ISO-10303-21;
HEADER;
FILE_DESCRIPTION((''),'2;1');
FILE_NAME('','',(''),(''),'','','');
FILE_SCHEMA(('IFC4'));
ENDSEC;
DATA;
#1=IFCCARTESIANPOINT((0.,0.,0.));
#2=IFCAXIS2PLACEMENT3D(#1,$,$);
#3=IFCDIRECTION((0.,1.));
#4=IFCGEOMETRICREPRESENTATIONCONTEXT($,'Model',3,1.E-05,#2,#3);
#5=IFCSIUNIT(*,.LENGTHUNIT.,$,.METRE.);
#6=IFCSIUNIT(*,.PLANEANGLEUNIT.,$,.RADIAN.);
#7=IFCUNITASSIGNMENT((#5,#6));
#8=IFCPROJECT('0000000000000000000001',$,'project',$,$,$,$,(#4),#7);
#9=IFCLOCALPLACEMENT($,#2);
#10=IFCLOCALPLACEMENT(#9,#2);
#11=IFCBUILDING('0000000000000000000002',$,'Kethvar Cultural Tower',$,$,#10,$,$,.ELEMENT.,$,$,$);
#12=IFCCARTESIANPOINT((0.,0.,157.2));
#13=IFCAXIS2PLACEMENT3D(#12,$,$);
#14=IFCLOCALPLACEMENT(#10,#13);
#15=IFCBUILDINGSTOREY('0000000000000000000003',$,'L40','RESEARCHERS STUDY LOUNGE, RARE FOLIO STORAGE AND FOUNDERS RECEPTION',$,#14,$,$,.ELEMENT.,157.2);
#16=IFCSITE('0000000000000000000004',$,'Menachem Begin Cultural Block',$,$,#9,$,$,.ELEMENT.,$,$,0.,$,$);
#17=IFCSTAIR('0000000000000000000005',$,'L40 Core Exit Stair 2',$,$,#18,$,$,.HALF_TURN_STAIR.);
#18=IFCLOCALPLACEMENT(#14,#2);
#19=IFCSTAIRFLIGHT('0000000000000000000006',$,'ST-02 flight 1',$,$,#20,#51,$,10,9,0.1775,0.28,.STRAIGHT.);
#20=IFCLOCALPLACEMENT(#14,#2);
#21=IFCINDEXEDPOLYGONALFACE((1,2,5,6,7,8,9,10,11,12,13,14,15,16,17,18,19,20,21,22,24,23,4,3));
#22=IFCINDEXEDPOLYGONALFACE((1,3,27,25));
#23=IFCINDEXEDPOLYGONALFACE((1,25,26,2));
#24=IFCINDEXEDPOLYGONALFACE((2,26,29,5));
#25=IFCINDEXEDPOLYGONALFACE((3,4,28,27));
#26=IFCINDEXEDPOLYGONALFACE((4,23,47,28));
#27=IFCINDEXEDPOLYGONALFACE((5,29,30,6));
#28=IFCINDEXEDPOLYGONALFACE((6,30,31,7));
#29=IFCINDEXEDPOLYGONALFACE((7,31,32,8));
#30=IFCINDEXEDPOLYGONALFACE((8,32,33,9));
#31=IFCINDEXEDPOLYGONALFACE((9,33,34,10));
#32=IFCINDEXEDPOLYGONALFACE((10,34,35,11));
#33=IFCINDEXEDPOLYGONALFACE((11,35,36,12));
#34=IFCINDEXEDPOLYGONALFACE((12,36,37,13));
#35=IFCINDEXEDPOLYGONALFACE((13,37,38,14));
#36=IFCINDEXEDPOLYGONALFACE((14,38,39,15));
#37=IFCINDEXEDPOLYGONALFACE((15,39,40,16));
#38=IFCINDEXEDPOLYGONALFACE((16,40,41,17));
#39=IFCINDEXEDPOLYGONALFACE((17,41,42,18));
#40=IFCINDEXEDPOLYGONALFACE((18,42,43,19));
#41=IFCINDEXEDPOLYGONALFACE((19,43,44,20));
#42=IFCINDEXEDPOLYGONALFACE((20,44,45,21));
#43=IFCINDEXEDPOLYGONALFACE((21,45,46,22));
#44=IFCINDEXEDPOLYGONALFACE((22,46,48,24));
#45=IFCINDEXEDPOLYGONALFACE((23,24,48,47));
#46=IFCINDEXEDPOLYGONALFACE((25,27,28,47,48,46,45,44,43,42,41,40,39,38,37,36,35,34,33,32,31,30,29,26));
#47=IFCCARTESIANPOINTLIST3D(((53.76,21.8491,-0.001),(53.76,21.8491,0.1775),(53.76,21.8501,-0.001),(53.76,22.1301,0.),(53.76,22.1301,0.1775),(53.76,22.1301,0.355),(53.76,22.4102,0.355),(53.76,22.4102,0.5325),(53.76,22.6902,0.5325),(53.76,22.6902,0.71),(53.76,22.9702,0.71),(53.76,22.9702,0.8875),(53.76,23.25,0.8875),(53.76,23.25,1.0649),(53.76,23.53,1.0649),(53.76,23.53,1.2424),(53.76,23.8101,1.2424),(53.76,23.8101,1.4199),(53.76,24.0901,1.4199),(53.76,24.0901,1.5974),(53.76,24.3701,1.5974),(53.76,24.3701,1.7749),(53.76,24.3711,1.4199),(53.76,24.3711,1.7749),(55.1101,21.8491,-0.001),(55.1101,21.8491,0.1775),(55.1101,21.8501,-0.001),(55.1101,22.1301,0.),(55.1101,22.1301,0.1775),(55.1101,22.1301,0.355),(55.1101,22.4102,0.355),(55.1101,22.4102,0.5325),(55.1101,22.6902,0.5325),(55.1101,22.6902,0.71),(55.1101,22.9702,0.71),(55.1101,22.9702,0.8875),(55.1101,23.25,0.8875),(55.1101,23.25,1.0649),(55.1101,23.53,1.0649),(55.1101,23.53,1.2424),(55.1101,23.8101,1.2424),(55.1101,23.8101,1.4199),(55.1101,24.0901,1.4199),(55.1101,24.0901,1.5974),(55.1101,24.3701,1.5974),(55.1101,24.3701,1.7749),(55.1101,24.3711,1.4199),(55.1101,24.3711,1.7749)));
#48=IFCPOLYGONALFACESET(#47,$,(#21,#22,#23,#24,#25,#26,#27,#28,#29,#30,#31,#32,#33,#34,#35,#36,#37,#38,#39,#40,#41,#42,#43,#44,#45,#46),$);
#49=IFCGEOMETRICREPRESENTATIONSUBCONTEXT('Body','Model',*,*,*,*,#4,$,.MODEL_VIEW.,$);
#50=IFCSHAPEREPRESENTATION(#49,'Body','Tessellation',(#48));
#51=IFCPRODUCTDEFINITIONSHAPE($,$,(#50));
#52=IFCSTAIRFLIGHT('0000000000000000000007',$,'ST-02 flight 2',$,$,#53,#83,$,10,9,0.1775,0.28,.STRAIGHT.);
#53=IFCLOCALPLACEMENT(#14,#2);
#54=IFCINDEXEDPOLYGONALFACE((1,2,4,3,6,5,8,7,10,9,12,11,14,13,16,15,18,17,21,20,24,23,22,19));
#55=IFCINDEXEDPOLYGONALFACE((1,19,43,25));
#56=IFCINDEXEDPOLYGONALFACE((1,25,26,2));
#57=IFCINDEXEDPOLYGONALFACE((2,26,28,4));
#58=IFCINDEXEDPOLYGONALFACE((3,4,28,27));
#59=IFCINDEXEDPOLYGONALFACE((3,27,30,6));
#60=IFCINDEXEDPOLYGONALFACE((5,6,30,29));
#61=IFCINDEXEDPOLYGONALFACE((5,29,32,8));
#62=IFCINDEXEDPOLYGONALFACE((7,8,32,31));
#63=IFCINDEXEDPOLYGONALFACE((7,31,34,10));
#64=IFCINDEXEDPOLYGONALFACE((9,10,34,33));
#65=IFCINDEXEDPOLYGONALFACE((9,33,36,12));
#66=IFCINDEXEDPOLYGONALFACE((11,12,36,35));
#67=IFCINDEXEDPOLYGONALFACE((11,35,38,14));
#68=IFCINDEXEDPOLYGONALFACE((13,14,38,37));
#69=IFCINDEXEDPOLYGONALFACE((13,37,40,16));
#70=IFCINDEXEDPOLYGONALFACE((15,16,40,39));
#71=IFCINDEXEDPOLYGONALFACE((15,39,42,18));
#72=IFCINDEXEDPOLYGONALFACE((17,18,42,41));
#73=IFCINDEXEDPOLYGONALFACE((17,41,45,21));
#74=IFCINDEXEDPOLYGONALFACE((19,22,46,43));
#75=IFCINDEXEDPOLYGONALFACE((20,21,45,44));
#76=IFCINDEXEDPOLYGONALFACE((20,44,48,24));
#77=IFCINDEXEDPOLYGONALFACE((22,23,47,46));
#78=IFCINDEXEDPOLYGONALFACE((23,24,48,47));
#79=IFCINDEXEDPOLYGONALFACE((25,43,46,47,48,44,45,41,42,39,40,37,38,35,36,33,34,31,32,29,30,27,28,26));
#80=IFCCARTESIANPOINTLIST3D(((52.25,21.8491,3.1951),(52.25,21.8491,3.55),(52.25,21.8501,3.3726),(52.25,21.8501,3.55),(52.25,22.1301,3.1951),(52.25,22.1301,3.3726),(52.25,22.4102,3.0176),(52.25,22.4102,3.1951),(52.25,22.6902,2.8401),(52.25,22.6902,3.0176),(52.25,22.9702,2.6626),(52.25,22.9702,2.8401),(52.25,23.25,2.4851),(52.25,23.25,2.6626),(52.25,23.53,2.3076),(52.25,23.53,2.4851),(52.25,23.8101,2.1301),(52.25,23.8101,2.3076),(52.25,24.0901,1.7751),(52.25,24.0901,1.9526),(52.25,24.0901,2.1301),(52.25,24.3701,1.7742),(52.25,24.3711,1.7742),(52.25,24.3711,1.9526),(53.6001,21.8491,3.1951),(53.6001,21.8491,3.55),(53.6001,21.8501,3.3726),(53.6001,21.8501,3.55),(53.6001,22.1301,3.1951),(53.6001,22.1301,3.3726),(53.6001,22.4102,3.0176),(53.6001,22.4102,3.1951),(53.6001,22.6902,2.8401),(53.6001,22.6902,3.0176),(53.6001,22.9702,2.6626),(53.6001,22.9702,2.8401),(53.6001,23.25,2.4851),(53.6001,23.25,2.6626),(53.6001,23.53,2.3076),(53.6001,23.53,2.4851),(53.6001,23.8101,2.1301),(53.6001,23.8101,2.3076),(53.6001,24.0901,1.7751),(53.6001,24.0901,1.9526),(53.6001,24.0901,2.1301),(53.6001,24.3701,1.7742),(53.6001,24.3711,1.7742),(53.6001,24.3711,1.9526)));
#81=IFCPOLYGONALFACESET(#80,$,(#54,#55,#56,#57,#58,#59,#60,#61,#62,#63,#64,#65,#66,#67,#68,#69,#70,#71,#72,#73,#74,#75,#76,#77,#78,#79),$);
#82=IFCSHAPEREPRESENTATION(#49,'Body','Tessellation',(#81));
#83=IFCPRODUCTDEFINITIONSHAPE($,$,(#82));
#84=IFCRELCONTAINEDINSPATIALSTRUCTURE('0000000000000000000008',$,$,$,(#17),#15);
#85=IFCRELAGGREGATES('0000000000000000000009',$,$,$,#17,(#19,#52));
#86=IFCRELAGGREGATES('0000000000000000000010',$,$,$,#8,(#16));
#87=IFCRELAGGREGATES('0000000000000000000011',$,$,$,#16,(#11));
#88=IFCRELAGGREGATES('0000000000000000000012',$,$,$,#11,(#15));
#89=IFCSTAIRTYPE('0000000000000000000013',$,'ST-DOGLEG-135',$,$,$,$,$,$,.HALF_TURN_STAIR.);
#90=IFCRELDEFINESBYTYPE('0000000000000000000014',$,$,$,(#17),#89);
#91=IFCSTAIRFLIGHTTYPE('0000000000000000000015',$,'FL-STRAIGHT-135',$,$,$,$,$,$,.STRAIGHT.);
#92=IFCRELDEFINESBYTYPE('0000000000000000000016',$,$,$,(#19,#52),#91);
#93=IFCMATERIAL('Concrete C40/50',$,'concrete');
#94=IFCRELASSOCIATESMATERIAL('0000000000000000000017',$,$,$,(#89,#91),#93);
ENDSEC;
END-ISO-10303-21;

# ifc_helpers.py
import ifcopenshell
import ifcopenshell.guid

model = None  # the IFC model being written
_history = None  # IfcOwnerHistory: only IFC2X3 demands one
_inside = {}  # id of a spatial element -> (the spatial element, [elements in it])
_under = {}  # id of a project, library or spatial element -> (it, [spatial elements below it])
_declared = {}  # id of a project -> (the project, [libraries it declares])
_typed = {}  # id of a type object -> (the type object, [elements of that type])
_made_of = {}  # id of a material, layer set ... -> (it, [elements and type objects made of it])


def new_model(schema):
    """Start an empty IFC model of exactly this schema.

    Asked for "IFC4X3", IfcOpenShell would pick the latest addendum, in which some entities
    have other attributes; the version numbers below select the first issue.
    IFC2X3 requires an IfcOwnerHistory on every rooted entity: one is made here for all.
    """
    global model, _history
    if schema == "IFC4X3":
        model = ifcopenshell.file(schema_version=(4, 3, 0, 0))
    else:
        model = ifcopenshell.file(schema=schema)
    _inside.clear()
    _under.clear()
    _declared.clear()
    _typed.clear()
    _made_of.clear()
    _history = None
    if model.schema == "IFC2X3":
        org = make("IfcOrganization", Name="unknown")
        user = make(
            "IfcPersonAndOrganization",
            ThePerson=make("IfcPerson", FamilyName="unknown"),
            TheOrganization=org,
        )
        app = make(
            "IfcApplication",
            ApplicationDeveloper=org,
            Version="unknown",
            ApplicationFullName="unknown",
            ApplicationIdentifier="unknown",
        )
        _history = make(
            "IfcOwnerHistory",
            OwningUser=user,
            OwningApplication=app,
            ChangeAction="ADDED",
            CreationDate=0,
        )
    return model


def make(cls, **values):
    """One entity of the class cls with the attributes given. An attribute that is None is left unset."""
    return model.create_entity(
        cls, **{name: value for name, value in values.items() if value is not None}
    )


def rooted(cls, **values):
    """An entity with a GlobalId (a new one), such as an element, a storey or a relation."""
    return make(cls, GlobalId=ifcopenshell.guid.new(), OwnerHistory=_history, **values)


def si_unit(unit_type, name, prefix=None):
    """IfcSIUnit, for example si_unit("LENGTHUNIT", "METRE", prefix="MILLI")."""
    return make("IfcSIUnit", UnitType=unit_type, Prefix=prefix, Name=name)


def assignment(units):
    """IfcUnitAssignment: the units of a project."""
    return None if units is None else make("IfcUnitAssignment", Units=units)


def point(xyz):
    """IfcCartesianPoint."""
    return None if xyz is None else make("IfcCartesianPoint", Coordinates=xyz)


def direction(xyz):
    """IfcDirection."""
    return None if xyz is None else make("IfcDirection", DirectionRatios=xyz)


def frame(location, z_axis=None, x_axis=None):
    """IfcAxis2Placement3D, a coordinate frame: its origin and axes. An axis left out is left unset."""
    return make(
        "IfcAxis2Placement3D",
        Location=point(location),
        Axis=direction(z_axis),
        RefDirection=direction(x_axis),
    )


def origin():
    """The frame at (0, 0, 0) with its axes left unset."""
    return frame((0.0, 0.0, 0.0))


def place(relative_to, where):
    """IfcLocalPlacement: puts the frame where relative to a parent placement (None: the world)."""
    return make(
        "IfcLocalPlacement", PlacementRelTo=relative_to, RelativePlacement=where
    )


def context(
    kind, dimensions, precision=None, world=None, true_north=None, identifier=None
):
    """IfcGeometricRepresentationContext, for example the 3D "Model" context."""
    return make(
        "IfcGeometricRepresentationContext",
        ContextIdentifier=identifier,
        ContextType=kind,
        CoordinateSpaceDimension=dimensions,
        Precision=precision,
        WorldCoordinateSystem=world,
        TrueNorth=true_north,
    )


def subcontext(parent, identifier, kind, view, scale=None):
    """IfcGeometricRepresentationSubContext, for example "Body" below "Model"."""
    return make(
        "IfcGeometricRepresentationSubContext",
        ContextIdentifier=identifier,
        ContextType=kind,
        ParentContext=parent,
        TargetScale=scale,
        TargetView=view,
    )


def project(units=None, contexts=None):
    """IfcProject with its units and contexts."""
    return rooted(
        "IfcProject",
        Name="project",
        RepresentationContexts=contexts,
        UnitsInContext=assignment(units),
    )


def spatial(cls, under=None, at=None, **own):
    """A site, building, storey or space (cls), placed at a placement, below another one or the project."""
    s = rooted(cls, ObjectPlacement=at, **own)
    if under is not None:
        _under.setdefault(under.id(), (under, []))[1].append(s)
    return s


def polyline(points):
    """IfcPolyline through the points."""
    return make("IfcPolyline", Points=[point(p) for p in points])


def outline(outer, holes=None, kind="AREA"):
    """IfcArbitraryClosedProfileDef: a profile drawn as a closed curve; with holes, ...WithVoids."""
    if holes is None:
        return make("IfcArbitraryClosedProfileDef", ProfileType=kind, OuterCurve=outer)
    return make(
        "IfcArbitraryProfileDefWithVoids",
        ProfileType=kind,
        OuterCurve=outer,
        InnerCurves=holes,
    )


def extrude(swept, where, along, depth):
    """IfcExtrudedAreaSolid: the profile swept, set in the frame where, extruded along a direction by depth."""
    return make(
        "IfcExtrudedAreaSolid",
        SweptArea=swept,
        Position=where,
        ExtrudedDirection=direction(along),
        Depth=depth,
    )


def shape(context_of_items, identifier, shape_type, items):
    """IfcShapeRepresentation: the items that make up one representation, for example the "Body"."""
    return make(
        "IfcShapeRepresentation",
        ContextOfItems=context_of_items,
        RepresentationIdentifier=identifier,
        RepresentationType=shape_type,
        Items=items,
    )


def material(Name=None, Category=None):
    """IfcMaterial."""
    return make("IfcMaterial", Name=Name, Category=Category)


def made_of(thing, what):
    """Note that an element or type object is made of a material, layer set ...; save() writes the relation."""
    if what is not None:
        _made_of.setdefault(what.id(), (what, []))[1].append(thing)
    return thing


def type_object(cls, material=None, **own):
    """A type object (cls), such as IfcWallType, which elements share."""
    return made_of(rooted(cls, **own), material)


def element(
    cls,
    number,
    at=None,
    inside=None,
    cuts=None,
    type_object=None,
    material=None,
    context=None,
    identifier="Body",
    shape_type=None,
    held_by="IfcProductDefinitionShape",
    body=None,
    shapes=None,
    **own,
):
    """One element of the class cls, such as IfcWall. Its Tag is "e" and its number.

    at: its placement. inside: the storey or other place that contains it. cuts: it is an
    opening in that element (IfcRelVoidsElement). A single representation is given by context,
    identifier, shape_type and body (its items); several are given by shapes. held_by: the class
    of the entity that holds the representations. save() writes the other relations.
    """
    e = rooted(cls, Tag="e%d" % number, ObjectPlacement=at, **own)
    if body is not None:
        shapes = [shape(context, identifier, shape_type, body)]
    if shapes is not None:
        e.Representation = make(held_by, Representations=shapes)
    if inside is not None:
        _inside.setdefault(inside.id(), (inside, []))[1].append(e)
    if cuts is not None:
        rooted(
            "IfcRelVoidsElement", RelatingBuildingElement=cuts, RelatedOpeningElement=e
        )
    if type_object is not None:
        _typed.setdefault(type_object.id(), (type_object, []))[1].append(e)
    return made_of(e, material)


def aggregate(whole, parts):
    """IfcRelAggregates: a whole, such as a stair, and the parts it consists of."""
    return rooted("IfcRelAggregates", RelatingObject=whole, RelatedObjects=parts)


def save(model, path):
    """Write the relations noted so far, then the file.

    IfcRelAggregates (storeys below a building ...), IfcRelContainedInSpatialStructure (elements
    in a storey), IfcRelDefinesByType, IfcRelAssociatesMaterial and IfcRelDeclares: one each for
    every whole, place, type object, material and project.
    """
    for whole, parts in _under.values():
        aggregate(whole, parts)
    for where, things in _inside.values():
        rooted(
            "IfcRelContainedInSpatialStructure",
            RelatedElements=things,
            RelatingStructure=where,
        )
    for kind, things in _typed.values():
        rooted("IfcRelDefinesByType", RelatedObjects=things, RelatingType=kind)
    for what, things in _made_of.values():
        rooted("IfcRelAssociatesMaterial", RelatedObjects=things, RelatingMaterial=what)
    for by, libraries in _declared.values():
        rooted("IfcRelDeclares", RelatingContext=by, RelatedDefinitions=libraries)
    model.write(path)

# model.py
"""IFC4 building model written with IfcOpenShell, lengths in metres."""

from ifc_helpers import new_model, si_unit, direction, frame, origin, place, context, subcontext, project, spatial, polyline, outline, extrude, material, type_object, element, aggregate, save


model = new_model("IFC4")

# Units and contexts
model_context = context("Model", 3, precision=1e-05, world=origin(), true_north=direction((0.0, 1.0)))
body_context = subcontext(model_context, "Body", "Model", "MODEL_VIEW")
ifc_project = project(units=[si_unit("LENGTHUNIT", "METRE"), si_unit("PLANEANGLEUNIT", "RADIAN")], contexts=[model_context])

# Site, building, storey
site_placement = place(None, origin())
site = spatial("IfcSite", under=ifc_project, at=site_placement, Name="Menachem Begin Cultural Block", CompositionType="ELEMENT", RefElevation=0.0)
building_placement = place(site_placement, origin())
building = spatial("IfcBuilding", under=site, at=building_placement, Name="Kethvar Cultural Tower", CompositionType="ELEMENT")
storey_placement = place(building_placement, frame((0.0, 0.0, 157.2)))
storey = spatial("IfcBuildingStorey", under=building, at=storey_placement, Name="L40", Description="RESEARCHERS STUDY LOUNGE, RARE FOLIO STORAGE AND FOUNDERS RECEPTION", CompositionType="ELEMENT", Elevation=157.2)

# Stair, stair flights
ifc_material_1 = material(Name="Concrete C40/50", Category="concrete")
stair_type = type_object("IfcStairType", Name="ST-DOGLEG-135", PredefinedType="HALF_TURN_STAIR", material=ifc_material_1)
stair_placement = place(storey_placement, origin())
stair = element("IfcStair", 1, at=stair_placement, inside=storey, type_object=stair_type, Name="L40 Core Exit Stair 2", PredefinedType="HALF_TURN_STAIR")
stair_flight_type = type_object("IfcStairFlightType", Name="FL-STRAIGHT-135", PredefinedType="STRAIGHT", material=ifc_material_1)
stair_flight_1_placement = place(storey_placement, frame((54.4351, 21.8501, 0.0), z_axis=(0.0, 0.0, 1.0), x_axis=(0.0, 1.0, 0.0)))
stair_flight_1 = element("IfcStairFlight", 2, at=stair_flight_1_placement, type_object=stair_flight_type, Name="ST-02 flight 1", NumberOfRisers=10, NumberOfTreads=9, PredefinedType="STRAIGHT", RiserHeight=0.1775, TreadLength=0.28, context=body_context, shape_type="SweptSolid", body=[
    extrude(outline(polyline([(-0.001, -0.001), (-0.001, 0.1775), (0.28, 0.1775), (0.28, 0.355), (0.5601, 0.355), (0.5601, 0.5325), (0.8401, 0.5325), (0.8401, 0.71), (1.1201, 0.71), (1.1201, 0.8875), (1.3999, 0.8875), (1.3999, 1.0649), (1.6799, 1.0649), (1.6799, 1.2424), (1.96, 1.2424), (1.96, 1.4199), (2.24, 1.4199), (2.24, 1.5974), (2.52, 1.5974), (2.52, 1.7749), (2.521, 1.7749), (2.521, 1.4199), (0.28, 0.0), (0.0, -0.001), (-0.001, -0.001)])), frame((0.0, 0.675, 0.0), z_axis=(0.0, -1.0, 0.0), x_axis=(1.0, 0.0, 0.0)), (0.0, 0.0, 1.0), 1.3501),
])
stair_flight_2_placement = place(storey_placement, frame((52.925, 24.3701, 1.7751), z_axis=(0.0, 0.0, 1.0), x_axis=(0.0, -1.0, 0.0)))
stair_flight_2 = element("IfcStairFlight", 3, at=stair_flight_2_placement, type_object=stair_flight_type, Name="ST-02 flight 2", NumberOfRisers=10, NumberOfTreads=9, PredefinedType="STRAIGHT", RiserHeight=0.1775, TreadLength=0.28, context=body_context, shape_type="SweptSolid", body=[
    extrude(outline(polyline([(-0.001, -0.001), (-0.001, 0.1775), (0.28, 0.1775), (0.28, 0.355), (0.5601, 0.355), (0.5601, 0.5325), (0.8401, 0.5325), (0.8401, 0.71), (1.1201, 0.71), (1.1201, 0.8875), (1.3999, 0.8875), (1.3999, 1.0649), (1.6799, 1.0649), (1.6799, 1.2424), (1.96, 1.2424), (1.96, 1.4199), (2.24, 1.4199), (2.24, 1.5974), (2.52, 1.5974), (2.52, 1.7749), (2.521, 1.7749), (2.521, 1.4199), (0.28, 0.0), (0.0, -0.001), (-0.001, -0.001)])), frame((0.0, 0.675, 0.0), z_axis=(0.0, -1.0, 0.0), x_axis=(1.0, 0.0, 0.0)), (0.0, 0.0, 1.0), 1.3501),
])
aggregate(stair, [stair_flight_1, stair_flight_2])

save(model, "model.ifc")
